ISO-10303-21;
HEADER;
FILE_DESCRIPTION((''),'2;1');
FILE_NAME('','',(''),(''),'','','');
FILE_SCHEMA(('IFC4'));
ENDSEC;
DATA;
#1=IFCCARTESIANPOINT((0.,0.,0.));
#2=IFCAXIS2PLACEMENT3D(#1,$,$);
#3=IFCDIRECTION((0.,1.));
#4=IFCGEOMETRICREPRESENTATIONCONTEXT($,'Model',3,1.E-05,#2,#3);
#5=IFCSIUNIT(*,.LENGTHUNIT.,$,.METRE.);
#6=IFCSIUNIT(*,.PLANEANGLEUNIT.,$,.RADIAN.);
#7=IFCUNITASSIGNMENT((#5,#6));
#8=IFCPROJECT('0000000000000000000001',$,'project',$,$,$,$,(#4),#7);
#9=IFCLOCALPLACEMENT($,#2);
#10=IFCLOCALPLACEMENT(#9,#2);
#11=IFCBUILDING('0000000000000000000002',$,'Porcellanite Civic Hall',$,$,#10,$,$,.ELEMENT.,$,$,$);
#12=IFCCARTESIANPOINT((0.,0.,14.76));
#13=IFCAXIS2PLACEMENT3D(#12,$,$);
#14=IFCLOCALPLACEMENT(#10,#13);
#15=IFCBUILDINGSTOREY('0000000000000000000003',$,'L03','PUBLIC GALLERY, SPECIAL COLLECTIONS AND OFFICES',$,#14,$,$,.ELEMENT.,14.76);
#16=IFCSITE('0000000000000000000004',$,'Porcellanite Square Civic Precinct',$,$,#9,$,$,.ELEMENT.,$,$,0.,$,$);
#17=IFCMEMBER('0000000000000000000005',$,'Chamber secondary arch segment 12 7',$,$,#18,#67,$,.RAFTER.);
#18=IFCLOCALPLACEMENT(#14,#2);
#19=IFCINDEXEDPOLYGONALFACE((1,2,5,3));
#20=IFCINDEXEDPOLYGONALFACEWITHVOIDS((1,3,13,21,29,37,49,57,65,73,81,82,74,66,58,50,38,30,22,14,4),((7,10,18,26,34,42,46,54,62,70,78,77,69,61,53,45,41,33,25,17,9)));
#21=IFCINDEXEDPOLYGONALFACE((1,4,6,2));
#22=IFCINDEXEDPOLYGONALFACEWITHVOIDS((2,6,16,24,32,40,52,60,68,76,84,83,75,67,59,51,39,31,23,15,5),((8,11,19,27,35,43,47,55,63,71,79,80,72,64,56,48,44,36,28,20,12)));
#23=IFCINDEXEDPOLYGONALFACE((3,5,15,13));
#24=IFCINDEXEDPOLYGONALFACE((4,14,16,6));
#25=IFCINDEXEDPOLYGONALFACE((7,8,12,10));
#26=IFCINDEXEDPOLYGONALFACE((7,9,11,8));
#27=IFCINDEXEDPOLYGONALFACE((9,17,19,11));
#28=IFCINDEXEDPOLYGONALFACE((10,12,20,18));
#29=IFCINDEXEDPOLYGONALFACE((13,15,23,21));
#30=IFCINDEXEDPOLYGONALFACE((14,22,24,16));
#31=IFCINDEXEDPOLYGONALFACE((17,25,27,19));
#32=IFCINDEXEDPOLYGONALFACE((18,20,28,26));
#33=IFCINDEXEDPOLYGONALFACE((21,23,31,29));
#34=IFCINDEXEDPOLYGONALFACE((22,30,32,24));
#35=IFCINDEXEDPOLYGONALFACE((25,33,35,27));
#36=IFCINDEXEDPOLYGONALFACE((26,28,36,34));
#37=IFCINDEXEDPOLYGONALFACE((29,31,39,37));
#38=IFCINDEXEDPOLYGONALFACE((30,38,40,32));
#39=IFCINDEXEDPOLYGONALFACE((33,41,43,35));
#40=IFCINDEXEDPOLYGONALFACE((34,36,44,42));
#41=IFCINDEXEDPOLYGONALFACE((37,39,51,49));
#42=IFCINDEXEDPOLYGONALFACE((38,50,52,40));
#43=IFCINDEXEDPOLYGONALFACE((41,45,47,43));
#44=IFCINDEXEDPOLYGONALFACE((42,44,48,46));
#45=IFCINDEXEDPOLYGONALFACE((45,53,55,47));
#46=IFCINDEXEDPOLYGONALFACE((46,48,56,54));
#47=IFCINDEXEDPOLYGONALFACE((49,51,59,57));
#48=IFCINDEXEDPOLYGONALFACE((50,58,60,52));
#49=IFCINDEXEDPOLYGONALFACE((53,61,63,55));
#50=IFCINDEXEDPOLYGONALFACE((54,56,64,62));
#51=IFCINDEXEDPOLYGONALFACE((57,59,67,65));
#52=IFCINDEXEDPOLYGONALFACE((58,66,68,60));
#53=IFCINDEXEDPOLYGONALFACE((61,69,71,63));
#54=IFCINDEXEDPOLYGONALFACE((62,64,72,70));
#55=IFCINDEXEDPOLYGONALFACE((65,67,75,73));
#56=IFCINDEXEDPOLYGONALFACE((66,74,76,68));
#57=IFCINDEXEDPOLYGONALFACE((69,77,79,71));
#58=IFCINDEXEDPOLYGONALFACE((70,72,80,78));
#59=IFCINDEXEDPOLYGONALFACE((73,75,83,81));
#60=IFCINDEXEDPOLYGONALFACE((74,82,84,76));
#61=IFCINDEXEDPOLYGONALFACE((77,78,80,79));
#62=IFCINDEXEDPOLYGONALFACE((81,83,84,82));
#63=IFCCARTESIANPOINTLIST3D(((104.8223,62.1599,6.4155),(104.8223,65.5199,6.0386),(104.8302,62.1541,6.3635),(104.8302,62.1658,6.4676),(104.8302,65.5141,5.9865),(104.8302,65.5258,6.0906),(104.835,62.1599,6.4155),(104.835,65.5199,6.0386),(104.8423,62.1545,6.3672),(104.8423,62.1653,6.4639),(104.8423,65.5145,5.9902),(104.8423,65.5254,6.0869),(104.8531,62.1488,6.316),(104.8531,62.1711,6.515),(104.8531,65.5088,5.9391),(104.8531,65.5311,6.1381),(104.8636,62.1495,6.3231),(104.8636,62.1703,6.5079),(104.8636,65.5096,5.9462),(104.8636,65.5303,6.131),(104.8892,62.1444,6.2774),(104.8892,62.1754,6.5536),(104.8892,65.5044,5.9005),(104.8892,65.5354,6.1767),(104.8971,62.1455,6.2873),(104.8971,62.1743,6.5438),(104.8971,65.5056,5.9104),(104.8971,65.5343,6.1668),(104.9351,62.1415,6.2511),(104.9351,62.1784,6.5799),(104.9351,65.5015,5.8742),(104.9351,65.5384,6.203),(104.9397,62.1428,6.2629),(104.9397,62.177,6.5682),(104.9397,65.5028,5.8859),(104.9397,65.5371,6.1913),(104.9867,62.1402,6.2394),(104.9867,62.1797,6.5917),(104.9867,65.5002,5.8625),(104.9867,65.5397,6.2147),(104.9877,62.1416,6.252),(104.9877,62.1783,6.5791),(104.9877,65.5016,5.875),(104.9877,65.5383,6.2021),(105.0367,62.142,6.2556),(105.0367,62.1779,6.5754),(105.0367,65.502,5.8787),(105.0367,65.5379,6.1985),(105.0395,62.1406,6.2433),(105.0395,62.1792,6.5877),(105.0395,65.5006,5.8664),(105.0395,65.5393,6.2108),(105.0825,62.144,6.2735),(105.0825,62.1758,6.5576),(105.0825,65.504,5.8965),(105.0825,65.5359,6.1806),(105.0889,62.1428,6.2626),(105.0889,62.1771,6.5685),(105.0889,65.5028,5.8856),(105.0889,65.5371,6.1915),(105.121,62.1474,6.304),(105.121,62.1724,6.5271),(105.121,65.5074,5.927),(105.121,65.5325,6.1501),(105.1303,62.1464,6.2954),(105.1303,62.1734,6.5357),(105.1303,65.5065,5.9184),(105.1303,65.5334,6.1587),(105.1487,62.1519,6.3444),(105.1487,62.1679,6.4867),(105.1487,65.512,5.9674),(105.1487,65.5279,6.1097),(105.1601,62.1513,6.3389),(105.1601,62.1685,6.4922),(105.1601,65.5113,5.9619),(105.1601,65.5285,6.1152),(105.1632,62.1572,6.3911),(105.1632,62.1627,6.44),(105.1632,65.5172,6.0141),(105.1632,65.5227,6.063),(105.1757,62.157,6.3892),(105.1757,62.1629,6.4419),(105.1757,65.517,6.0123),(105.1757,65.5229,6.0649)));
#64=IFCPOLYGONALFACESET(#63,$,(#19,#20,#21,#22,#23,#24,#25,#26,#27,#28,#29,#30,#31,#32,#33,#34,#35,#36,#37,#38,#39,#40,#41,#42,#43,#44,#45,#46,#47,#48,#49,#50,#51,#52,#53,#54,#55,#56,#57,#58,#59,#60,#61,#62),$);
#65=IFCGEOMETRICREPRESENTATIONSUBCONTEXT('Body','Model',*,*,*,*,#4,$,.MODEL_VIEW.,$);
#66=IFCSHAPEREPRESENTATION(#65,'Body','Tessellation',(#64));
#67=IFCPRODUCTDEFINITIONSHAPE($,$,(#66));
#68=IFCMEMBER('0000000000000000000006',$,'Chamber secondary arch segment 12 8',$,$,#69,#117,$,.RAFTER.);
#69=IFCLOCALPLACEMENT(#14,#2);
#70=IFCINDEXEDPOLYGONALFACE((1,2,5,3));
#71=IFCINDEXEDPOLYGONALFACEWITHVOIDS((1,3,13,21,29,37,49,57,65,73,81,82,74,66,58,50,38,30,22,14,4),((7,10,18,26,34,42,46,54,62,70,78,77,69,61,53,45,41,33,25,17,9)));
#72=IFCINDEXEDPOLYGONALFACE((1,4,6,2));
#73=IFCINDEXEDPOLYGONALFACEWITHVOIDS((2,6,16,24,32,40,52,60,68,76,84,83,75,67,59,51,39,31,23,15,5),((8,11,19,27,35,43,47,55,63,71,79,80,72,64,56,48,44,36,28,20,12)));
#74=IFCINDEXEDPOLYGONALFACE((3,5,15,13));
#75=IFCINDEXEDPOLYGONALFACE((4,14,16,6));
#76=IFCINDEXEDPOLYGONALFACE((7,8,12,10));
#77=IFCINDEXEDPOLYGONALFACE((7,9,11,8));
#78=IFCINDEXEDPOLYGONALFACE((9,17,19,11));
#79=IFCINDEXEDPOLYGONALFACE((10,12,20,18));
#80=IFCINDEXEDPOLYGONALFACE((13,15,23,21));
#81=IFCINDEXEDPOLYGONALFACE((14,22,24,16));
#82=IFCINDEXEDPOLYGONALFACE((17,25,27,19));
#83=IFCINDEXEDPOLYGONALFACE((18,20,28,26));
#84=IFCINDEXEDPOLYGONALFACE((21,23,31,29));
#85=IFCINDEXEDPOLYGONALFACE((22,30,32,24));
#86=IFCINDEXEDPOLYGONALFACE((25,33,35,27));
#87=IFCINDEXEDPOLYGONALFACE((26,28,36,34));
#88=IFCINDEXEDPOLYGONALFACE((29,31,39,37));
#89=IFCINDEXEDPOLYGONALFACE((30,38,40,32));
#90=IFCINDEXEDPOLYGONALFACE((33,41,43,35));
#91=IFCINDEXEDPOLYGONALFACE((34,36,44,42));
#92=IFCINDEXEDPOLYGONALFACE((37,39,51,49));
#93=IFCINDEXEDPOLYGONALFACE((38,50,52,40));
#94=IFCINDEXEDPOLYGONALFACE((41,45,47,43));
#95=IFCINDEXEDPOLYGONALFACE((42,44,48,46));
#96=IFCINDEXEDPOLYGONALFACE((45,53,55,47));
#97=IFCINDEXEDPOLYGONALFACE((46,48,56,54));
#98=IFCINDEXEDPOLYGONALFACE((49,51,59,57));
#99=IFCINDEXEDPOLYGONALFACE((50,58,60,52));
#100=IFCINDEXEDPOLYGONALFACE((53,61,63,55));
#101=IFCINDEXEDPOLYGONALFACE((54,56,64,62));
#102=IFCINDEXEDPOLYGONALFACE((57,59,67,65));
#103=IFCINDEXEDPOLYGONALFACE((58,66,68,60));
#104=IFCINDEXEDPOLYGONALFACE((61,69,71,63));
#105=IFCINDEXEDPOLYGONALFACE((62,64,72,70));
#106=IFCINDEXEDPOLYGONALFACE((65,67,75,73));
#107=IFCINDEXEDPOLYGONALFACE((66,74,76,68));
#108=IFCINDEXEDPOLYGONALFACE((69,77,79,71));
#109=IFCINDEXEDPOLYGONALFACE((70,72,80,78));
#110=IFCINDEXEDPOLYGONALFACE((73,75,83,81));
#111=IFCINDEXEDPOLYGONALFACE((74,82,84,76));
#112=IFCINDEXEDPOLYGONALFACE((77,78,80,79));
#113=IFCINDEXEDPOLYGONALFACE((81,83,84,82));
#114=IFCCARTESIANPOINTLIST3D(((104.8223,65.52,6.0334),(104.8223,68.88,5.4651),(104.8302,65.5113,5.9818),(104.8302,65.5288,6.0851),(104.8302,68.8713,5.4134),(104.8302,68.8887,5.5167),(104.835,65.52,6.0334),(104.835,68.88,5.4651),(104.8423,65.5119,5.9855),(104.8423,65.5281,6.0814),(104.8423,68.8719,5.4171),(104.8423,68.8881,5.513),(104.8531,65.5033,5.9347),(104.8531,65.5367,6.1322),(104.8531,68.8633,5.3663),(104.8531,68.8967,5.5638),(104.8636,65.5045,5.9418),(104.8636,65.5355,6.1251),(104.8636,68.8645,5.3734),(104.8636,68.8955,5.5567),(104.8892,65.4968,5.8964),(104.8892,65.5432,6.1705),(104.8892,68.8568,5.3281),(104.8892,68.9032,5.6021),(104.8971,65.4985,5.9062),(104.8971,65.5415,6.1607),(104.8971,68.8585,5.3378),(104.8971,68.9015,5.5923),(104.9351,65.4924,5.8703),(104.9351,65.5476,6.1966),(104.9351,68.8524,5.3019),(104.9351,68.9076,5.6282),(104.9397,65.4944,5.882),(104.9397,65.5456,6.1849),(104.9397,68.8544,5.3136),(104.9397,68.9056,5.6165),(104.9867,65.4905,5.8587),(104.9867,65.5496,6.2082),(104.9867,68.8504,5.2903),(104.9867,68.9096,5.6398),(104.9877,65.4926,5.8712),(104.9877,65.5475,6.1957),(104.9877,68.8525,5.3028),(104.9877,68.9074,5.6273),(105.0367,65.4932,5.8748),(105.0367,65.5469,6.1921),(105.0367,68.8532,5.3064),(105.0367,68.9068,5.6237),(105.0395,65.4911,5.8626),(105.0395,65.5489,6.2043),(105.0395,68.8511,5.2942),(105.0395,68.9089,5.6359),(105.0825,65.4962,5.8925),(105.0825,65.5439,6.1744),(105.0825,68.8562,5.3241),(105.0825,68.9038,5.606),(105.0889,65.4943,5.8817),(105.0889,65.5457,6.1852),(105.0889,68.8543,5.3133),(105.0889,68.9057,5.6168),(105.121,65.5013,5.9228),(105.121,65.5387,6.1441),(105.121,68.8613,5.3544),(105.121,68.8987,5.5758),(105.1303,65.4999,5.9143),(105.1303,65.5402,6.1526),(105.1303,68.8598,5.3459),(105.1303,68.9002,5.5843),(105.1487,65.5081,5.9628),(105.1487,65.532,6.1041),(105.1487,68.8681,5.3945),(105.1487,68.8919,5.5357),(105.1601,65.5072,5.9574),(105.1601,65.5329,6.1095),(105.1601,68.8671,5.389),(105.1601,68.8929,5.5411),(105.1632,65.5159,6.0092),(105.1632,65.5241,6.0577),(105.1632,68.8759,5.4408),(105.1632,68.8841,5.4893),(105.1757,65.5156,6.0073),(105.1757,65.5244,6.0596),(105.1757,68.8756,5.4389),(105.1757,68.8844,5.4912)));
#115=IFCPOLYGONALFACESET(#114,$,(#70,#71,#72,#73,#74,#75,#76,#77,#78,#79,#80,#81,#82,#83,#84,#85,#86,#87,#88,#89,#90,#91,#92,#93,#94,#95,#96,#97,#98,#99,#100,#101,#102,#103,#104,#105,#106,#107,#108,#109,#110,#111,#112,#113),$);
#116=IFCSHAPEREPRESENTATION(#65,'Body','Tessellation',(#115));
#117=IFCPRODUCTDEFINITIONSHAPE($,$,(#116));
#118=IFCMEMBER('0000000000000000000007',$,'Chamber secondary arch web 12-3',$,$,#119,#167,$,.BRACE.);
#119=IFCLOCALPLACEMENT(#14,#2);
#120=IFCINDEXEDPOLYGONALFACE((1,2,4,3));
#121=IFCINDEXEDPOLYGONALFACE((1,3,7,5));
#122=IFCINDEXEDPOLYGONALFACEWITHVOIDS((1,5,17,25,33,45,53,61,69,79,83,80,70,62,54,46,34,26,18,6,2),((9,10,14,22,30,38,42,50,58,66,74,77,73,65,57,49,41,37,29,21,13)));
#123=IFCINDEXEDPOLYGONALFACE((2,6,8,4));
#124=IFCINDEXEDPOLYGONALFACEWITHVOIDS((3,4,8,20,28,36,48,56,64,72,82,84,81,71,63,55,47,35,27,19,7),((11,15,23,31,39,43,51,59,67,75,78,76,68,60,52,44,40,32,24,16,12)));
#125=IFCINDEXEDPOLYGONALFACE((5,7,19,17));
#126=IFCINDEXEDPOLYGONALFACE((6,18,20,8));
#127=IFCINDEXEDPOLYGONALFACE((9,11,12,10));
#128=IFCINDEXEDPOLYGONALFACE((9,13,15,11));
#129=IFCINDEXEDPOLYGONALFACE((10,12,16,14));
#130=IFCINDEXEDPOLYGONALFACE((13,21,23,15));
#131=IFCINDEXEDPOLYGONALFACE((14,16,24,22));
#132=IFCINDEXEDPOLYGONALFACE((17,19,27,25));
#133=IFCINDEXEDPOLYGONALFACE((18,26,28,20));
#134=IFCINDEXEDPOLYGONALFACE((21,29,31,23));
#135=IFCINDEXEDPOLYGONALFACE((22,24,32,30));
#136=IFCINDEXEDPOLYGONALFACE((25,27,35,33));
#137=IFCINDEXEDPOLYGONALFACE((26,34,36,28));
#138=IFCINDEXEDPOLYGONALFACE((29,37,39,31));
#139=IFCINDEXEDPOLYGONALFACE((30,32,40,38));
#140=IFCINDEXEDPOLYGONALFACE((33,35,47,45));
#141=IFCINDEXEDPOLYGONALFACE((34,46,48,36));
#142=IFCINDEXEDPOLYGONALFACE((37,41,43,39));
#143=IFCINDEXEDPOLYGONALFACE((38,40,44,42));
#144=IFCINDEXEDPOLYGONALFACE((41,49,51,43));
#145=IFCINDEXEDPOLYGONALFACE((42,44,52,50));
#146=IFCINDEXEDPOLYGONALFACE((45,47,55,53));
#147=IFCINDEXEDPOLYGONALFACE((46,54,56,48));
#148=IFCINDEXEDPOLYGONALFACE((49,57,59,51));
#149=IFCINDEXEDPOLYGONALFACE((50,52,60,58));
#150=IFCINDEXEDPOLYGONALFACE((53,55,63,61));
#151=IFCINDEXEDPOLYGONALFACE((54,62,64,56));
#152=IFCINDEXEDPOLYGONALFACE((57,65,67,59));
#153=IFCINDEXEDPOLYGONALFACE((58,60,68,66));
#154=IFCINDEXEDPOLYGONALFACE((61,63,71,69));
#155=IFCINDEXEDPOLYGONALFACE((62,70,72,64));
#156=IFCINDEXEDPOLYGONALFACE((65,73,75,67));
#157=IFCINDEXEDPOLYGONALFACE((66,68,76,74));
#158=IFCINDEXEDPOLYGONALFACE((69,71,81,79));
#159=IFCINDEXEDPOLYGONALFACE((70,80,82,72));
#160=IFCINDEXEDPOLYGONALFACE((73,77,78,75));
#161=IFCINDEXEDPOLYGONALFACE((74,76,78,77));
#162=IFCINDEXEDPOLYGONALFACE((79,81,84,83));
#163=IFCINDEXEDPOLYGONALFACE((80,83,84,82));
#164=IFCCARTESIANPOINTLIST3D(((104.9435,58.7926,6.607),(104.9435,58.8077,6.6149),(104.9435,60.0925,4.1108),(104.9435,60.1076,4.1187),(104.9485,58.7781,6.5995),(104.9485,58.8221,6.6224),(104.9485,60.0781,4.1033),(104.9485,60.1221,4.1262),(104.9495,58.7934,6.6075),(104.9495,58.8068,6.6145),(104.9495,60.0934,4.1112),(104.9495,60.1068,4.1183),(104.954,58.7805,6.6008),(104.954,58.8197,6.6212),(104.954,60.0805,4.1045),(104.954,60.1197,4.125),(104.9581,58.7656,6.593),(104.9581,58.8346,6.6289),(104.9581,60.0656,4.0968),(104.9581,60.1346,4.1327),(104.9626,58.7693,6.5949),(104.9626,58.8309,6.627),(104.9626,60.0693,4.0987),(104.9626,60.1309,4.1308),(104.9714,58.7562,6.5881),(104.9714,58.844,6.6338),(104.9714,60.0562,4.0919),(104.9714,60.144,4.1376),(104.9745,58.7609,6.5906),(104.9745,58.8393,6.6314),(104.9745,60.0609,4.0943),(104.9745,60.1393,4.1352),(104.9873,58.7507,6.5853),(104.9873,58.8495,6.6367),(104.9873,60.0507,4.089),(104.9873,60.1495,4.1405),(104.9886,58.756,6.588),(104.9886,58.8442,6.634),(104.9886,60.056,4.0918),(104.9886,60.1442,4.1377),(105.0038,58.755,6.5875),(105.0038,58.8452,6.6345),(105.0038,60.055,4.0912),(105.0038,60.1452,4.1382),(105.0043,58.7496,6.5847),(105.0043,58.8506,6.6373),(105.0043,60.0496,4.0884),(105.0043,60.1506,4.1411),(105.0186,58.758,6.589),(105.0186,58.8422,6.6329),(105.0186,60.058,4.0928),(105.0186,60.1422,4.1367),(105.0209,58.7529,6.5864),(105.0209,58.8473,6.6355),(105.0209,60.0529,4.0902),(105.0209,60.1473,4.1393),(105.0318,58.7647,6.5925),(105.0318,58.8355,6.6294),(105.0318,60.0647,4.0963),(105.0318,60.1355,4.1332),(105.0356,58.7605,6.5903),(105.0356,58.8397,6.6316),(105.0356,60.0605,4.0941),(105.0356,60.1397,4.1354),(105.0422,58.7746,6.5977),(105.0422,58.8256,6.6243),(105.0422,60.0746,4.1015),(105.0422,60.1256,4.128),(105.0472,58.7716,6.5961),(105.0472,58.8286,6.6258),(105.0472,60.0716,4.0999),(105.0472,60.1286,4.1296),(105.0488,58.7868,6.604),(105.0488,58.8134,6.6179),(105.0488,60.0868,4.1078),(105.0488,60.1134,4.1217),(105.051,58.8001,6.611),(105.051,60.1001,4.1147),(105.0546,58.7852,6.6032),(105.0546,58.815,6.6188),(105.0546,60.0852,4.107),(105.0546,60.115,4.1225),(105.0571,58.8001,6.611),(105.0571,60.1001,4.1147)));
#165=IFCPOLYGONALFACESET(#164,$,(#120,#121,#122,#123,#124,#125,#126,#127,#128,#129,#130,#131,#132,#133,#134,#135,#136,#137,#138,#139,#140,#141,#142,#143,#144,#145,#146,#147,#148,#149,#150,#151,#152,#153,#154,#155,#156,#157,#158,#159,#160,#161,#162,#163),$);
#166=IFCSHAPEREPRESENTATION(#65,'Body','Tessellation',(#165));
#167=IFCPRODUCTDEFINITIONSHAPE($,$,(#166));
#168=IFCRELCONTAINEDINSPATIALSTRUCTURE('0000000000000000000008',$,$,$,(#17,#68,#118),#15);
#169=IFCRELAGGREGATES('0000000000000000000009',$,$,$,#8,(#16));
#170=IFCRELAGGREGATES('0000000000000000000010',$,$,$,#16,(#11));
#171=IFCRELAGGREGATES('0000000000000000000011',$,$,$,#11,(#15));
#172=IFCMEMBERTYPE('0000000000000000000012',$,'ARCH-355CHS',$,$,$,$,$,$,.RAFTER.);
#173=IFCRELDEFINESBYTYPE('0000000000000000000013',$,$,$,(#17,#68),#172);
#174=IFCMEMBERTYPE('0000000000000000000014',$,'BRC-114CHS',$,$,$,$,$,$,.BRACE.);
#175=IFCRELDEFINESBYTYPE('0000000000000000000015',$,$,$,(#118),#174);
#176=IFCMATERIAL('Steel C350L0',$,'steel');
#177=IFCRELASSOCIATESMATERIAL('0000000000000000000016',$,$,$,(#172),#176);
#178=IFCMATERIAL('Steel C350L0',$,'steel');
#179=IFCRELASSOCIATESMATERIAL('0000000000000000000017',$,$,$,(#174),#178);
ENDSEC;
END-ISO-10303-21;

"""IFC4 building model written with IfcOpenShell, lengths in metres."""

from ifc_helpers import new_model, si_unit, direction, frame, origin, origin_2d, place, context, subcontext, project, spatial, hollow_circle, extrude, material, material_profile, profile_set, type_object, element, save


model = new_model("IFC4")

# Units and contexts
model_context = context("Model", 3, precision=1e-05, world=origin(), true_north=direction((0.0, 1.0)))
body_context = subcontext(model_context, "Body", "Model", "MODEL_VIEW")
ifc_project = project(units=[si_unit("LENGTHUNIT", "METRE"), si_unit("PLANEANGLEUNIT", "RADIAN")], contexts=[model_context])

# Site, building, storey
site_placement = place(None, origin())
site = spatial("IfcSite", under=ifc_project, at=site_placement, Name="Porcellanite Square Civic Precinct", CompositionType="ELEMENT", RefElevation=0.0)
building_placement = place(site_placement, origin())
building = spatial("IfcBuilding", under=site, at=building_placement, Name="Porcellanite Civic Hall", CompositionType="ELEMENT")
storey_placement = place(building_placement, frame((0.0, 0.0, 14.76)))
storey = spatial("IfcBuildingStorey", under=building, at=storey_placement, Name="L03", Description="PUBLIC GALLERY, SPECIAL COLLECTIONS AND OFFICES", CompositionType="ELEMENT", Elevation=14.76)

# Members
ifc_material_1 = material(Name="Steel C350L0", Category="steel")
ifc_material_profile_1 = material_profile(ifc_material_1, hollow_circle(Radius=0.1777, WallThickness=0.0127, at=origin_2d()), Name="355.6x12.7CHS")
ifc_profile_set_1 = profile_set([ifc_material_profile_1], Name="Steel C350L0")
member_type_1 = type_object("IfcMemberType", Name="ARCH-355CHS", PredefinedType="RAFTER", material=ifc_profile_set_1)
member_1_placement = place(storey_placement, frame((105.0, 62.1599, 6.4155), z_axis=(0.0, 0.993766, -0.111485), x_axis=(-1.0, 0.0, 0.0)))
element("IfcMember", 1, at=member_1_placement, inside=storey, type_object=member_type_1, Name="Chamber secondary arch segment 12 7", PredefinedType="RAFTER", context=body_context, shape_type="SweptSolid", body=[
    extrude(hollow_circle(Radius=0.1777, WallThickness=0.0127, at=origin_2d()), origin(), (0.0, 0.0, 1.0), 3.3811),
])
member_2_placement = place(storey_placement, frame((105.0, 65.52, 6.0334), z_axis=(0.0, 0.985992, -0.166792), x_axis=(-1.0, 0.0, 0.0)))
element("IfcMember", 2, at=member_2_placement, inside=storey, type_object=member_type_1, Name="Chamber secondary arch segment 12 8", PredefinedType="RAFTER", context=body_context, shape_type="SweptSolid", body=[
    extrude(hollow_circle(Radius=0.1777, WallThickness=0.0127, at=origin_2d()), origin(), (0.0, 0.0, 1.0), 3.4077),
])
ifc_material_2 = material(Name="Steel C350L0", Category="steel")
ifc_material_profile_2 = material_profile(ifc_material_2, hollow_circle(Radius=0.0571, WallThickness=0.0061, at=origin_2d()), Name="114.3x6.0CHS")
ifc_profile_set_2 = profile_set([ifc_material_profile_2], Name="Steel C350L0")
member_type_2 = type_object("IfcMemberType", Name="BRC-114CHS", PredefinedType="BRACE", material=ifc_profile_set_2)
member_3_placement = place(storey_placement, frame((105.0, 60.1001, 4.1147), z_axis=(0.0, -0.461899, 0.886933), x_axis=(1.0, 0.0, 0.0)))
element("IfcMember", 3, at=member_3_placement, inside=storey, type_object=member_type_2, Name="Chamber secondary arch web 12-3", PredefinedType="BRACE", context=body_context, shape_type="SweptSolid", body=[
    extrude(hollow_circle(Radius=0.0571, WallThickness=0.0061, at=origin_2d()), origin(), (0.0, 0.0, 1.0), 2.8145),
])

save(model, "model.ifc")
